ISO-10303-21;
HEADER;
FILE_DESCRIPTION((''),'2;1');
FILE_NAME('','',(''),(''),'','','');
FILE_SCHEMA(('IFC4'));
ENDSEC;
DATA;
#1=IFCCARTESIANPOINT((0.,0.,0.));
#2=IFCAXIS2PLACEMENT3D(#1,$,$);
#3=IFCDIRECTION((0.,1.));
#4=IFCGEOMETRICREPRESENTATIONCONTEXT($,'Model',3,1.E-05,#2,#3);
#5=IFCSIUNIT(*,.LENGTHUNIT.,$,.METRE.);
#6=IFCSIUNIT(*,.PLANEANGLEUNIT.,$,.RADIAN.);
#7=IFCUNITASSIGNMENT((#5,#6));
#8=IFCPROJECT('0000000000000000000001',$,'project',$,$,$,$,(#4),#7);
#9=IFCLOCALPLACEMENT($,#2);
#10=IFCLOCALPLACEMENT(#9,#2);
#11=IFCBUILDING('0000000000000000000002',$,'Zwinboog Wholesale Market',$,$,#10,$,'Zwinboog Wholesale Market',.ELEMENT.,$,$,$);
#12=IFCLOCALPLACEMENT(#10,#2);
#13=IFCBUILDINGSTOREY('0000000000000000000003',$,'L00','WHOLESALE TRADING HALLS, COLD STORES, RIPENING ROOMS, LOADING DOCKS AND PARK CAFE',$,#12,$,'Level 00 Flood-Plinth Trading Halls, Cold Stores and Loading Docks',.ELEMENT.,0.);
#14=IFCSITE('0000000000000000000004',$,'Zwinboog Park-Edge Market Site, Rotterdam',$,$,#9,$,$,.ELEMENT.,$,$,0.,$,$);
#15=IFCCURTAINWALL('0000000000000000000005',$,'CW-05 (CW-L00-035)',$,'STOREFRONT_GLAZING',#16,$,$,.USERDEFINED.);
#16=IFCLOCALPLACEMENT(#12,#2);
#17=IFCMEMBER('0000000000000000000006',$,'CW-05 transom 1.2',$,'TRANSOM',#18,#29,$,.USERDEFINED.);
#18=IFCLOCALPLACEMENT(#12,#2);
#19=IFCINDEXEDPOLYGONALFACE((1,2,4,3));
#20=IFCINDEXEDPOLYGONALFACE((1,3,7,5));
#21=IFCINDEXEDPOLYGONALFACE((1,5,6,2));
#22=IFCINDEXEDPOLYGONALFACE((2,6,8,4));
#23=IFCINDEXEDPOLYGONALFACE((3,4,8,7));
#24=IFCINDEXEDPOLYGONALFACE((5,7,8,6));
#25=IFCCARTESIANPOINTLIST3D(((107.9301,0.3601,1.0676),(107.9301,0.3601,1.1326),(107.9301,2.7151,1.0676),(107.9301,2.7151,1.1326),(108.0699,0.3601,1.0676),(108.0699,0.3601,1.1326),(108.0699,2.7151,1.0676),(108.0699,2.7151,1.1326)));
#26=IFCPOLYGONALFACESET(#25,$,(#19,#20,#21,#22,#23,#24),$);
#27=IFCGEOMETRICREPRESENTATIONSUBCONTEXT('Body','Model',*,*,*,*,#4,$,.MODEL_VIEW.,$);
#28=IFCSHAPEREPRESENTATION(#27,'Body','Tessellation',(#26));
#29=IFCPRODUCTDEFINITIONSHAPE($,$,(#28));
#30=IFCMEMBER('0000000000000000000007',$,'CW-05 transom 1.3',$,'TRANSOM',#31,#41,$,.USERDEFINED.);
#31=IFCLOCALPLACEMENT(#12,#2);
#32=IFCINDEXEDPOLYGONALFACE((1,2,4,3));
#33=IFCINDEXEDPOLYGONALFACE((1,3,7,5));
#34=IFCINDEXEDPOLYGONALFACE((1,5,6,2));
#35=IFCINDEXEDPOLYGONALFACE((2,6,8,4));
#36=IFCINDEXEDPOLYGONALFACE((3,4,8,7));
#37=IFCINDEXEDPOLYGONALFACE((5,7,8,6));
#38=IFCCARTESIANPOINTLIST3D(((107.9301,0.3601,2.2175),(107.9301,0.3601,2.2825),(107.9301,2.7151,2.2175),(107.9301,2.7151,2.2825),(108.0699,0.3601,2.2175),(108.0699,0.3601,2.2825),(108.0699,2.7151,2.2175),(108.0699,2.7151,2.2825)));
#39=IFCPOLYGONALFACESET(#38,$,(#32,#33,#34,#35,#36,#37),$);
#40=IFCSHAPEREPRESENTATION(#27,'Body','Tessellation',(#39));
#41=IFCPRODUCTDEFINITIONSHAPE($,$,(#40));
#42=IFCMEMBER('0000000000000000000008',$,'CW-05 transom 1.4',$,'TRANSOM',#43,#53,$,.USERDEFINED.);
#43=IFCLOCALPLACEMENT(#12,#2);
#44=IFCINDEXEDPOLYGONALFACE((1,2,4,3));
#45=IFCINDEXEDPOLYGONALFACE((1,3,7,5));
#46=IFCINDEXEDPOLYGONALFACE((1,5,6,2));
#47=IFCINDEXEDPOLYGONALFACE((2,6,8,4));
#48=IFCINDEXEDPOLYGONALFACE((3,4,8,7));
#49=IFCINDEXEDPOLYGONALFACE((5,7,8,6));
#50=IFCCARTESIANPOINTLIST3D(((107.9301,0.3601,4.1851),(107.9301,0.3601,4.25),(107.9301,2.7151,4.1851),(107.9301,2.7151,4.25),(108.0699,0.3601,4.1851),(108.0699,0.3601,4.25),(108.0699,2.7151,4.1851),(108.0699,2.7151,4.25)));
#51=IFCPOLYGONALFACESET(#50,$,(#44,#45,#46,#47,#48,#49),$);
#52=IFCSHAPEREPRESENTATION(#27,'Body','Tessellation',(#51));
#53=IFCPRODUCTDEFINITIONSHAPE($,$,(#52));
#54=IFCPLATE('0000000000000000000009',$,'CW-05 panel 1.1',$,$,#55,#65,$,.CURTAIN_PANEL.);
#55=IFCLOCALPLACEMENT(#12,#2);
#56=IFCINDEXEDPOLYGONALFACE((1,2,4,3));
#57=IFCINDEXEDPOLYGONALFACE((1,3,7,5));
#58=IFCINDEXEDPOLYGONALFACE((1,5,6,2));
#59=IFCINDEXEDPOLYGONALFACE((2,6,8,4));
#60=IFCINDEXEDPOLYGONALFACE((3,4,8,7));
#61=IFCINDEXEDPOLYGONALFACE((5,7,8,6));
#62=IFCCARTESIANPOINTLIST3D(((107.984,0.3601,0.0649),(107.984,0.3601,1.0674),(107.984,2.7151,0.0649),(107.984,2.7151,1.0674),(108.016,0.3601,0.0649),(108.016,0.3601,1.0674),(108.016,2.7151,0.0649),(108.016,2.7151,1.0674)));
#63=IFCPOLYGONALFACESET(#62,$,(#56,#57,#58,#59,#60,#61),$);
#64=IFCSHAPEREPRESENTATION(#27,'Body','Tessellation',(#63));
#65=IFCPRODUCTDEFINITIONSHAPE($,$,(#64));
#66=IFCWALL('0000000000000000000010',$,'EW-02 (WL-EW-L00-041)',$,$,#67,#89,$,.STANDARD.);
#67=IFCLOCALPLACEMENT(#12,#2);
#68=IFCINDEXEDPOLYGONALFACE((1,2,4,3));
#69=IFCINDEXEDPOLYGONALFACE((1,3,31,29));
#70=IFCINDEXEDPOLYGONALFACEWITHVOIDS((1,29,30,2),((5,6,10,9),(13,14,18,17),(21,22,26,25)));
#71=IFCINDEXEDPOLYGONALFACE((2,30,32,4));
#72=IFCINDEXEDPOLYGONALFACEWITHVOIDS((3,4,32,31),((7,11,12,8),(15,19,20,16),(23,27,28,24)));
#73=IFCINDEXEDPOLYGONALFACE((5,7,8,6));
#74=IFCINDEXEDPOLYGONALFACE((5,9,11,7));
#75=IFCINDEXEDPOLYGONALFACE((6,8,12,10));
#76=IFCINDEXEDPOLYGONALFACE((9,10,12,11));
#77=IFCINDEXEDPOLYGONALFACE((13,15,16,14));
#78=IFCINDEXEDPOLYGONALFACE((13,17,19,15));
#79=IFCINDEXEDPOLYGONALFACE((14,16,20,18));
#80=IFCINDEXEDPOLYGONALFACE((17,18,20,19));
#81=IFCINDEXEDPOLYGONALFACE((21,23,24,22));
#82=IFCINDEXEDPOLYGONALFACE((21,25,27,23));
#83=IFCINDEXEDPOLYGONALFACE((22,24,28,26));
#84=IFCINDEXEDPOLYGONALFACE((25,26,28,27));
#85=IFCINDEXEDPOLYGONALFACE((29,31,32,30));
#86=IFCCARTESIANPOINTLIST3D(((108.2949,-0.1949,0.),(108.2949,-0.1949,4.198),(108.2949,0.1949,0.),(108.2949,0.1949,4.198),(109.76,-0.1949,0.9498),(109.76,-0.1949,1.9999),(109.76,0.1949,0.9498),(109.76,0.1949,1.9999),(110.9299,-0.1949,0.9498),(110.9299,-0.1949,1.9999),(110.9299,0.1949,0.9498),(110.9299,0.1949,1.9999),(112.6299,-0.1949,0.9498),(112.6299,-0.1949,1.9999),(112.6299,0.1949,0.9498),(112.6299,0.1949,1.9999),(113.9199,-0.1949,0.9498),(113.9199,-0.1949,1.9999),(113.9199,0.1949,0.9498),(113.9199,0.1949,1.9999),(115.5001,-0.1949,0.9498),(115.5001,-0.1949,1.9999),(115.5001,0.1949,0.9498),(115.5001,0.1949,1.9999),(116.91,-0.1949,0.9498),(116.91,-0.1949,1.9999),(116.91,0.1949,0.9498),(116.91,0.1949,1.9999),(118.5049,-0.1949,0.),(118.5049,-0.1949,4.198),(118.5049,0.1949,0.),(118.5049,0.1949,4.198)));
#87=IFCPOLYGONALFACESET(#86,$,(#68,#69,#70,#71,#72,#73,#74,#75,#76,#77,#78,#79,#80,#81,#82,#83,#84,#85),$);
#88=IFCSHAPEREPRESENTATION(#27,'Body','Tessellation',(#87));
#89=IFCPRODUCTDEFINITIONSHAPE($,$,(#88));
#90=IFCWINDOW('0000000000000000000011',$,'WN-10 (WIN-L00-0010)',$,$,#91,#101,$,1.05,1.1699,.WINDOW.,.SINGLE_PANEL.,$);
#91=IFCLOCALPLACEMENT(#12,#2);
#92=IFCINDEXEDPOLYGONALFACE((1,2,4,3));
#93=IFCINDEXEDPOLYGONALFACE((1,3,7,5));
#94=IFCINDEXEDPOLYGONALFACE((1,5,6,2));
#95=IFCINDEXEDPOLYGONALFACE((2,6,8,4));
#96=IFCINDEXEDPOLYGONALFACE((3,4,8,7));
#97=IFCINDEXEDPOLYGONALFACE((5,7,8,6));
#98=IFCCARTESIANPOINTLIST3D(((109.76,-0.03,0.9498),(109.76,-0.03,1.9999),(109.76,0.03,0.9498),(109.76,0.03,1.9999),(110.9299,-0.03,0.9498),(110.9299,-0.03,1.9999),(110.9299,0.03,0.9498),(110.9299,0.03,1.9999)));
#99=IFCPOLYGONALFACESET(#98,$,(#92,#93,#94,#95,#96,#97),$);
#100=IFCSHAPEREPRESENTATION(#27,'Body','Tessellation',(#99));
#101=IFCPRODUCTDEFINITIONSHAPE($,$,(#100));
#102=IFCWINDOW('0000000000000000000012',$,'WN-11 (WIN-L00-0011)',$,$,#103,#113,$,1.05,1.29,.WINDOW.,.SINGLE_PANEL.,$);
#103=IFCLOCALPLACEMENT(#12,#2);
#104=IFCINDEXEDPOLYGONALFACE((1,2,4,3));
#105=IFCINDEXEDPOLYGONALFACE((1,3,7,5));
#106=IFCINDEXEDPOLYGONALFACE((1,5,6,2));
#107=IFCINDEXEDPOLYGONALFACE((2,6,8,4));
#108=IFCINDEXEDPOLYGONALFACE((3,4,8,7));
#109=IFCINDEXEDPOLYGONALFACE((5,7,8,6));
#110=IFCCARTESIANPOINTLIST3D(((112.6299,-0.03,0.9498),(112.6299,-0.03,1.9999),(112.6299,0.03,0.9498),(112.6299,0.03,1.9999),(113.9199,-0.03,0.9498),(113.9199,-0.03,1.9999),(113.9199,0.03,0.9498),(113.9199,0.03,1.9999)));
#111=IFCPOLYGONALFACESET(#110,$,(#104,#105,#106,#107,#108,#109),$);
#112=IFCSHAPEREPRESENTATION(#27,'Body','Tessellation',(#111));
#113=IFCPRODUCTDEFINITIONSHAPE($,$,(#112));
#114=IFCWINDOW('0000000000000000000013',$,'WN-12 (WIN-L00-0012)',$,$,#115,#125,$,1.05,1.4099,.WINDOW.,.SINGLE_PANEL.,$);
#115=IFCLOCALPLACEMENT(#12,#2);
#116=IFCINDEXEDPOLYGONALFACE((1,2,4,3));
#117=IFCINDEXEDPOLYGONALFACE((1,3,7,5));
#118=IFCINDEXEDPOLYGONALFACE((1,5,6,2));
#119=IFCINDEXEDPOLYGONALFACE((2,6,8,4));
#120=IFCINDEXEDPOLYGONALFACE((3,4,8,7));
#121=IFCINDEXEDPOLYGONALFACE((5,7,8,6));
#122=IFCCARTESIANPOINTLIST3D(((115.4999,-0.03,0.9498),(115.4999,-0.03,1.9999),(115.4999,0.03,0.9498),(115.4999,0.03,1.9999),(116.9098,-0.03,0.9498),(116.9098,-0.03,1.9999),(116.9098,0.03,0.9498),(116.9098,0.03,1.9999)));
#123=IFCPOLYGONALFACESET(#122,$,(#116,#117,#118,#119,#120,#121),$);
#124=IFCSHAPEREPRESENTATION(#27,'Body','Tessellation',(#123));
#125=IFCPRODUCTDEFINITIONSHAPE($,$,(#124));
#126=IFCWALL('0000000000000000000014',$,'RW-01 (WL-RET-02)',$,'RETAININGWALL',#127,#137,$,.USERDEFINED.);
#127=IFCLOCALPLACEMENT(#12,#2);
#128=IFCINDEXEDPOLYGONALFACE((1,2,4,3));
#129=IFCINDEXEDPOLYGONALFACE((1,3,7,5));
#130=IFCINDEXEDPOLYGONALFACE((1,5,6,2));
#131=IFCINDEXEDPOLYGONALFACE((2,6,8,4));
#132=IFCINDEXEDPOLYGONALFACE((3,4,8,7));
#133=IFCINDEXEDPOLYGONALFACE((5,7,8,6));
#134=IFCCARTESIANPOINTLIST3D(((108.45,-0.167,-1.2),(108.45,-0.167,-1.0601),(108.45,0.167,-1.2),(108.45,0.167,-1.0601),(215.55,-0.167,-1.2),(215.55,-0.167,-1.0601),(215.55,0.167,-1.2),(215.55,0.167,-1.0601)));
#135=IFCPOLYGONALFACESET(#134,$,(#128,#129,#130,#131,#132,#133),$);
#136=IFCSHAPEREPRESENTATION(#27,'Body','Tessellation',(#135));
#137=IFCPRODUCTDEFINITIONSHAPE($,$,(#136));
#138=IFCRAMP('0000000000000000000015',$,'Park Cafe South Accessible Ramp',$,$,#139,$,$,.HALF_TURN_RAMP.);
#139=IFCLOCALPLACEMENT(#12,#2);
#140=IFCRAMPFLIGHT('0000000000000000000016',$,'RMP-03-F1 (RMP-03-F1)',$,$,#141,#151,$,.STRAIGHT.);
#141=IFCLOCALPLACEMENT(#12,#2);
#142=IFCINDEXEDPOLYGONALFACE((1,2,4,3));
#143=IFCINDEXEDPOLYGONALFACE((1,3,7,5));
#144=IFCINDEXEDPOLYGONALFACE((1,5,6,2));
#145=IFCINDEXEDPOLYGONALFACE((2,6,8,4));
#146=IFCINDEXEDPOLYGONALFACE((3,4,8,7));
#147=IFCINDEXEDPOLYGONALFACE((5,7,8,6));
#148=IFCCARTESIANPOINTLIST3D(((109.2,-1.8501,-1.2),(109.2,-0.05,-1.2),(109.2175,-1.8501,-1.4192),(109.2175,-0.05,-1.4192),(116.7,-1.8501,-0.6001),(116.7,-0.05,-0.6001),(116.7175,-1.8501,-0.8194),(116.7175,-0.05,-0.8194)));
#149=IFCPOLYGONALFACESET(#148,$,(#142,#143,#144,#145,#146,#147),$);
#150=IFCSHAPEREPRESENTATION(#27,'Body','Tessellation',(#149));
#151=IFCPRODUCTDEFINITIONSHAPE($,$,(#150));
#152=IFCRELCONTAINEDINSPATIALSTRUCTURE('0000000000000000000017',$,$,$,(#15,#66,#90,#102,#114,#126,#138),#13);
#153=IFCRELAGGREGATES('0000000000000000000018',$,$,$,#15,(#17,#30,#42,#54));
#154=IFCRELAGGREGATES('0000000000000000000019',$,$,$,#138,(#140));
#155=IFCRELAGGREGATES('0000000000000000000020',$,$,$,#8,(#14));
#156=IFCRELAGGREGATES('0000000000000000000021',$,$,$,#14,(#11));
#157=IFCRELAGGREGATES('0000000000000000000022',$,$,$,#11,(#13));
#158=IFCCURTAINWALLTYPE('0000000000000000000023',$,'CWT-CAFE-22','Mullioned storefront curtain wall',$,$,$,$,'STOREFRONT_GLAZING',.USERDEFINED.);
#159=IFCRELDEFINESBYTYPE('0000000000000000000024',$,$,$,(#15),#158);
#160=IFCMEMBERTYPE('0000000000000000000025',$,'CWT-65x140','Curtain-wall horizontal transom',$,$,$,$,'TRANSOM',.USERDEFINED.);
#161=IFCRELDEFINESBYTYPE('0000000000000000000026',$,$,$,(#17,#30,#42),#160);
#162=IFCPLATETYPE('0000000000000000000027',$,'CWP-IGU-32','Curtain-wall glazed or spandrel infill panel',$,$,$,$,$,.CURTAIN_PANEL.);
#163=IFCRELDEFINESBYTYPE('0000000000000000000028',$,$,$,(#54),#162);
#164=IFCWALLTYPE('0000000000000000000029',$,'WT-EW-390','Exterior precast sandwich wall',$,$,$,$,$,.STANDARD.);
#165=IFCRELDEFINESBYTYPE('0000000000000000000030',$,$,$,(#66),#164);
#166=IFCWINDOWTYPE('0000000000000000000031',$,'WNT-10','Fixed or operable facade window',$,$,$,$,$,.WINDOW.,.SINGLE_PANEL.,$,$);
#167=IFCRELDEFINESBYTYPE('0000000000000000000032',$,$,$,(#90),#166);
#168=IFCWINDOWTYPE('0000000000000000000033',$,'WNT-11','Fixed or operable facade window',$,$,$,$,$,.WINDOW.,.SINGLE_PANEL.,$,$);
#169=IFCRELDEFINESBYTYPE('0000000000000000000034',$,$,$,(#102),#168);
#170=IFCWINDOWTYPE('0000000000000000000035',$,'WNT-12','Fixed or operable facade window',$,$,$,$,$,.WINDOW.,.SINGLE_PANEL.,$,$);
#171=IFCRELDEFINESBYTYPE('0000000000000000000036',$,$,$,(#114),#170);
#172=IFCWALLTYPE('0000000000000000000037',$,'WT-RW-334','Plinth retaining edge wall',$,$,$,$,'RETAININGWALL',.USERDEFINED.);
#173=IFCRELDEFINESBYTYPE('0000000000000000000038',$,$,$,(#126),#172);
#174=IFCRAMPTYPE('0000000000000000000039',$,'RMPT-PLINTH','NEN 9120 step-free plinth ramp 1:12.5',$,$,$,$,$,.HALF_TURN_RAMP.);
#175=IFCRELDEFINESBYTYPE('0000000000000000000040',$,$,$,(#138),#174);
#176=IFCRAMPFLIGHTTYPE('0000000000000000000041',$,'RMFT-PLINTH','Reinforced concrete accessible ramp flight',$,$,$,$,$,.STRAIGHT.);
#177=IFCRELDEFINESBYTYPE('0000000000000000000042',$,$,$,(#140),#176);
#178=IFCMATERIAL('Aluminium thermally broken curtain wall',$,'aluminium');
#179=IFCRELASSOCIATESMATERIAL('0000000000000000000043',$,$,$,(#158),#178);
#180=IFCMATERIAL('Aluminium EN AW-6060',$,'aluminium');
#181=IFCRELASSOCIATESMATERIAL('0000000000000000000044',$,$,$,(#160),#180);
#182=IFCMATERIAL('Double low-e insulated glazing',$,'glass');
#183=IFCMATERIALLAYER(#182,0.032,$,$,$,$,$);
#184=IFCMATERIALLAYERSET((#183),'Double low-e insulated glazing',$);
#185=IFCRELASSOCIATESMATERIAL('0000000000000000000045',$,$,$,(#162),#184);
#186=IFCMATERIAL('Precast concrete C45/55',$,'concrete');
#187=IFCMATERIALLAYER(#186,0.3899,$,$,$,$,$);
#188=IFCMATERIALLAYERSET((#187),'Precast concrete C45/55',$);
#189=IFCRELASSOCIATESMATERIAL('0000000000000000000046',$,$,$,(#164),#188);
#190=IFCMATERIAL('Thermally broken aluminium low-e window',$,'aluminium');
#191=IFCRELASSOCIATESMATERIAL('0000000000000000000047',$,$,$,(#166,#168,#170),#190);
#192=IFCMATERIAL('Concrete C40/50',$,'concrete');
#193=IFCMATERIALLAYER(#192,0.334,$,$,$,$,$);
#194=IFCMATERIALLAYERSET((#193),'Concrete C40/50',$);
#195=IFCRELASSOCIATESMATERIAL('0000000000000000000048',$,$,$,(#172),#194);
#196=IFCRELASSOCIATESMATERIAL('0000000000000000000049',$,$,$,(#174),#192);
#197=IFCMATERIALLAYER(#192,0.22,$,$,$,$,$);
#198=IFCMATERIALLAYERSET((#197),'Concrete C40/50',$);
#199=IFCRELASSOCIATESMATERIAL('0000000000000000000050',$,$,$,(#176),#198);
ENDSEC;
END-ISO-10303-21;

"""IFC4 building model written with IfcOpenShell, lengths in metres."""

from ifc_helpers import new_model, si_unit, direction, frame, frame_2d, origin, origin_2d, place, context, subcontext, project, spatial, polyline, rectangle, outline, extrude, material, layer, layer_set, material_profile, profile_set, type_object, element, fill, aggregate, save


model = new_model("IFC4")

# Units and contexts
model_context = context("Model", 3, precision=1e-05, world=origin(), true_north=direction((0.0, 1.0)))
body_context = subcontext(model_context, "Body", "Model", "MODEL_VIEW")
ifc_project = project(units=[si_unit("LENGTHUNIT", "METRE"), si_unit("PLANEANGLEUNIT", "RADIAN")], contexts=[model_context])

# Site, building, storey
site_placement = place(None, origin())
site = spatial("IfcSite", under=ifc_project, at=site_placement, Name="Zwinboog Park-Edge Market Site, Rotterdam", CompositionType="ELEMENT", RefElevation=0.0)
building_placement = place(site_placement, origin())
building = spatial("IfcBuilding", under=site, at=building_placement, Name="Zwinboog Wholesale Market", LongName="Zwinboog Wholesale Market", CompositionType="ELEMENT")
storey_placement = place(building_placement, origin())
storey = spatial("IfcBuildingStorey", under=building, at=storey_placement, Name="L00", Description="WHOLESALE TRADING HALLS, COLD STORES, RIPENING ROOMS, LOADING DOCKS AND PARK CAFE", LongName="Level 00 Flood-Plinth Trading Halls, Cold Stores and Loading Docks", CompositionType="ELEMENT", Elevation=0.0)

# Shared definitions
ifc_material_1 = material(Name="Concrete C40/50", Category="concrete")

# Shared definitions
ifc_material_2 = material(Name="Precast concrete C45/55", Category="concrete")

# Curtain wall, members, plate
ifc_material_3 = material(Name="Aluminium thermally broken curtain wall", Category="aluminium")
curtain_wall_type = type_object("IfcCurtainWallType", Name="CWT-CAFE-22", Description="Mullioned storefront curtain wall", ElementType="STOREFRONT_GLAZING", PredefinedType="USERDEFINED", material=ifc_material_3)
curtain_wall_placement = place(storey_placement, origin())
curtain_wall = element("IfcCurtainWall", 1, at=curtain_wall_placement, inside=storey, type_object=curtain_wall_type, Name="CW-05 (CW-L00-035)", ObjectType="STOREFRONT_GLAZING", PredefinedType="USERDEFINED")
ifc_material_4 = material(Name="Aluminium EN AW-6060", Category="aluminium")
ifc_material_profile_1 = material_profile(ifc_material_4, rectangle(XDim=0.1399, YDim=0.0649, at=origin_2d()), Name="AL 65x140")
ifc_profile_set_1 = profile_set([ifc_material_profile_1], Name="Aluminium EN AW-6060")
member_type_1 = type_object("IfcMemberType", Name="CWT-65x140", Description="Curtain-wall horizontal transom", ElementType="TRANSOM", PredefinedType="USERDEFINED", material=ifc_profile_set_1)
member_1_placement = place(storey_placement, frame((108.0, 0.3601, 1.1001), z_axis=(0.0, 1.0, 0.0), x_axis=(-1.0, 0.0, 0.0)))
member_1 = element("IfcMember", 2, at=member_1_placement, type_object=member_type_1, Name="CW-05 transom 1.2", ObjectType="TRANSOM", PredefinedType="USERDEFINED", context=body_context, shape_type="SweptSolid", body=[
    extrude(rectangle(XDim=0.1399, YDim=0.0649, at=origin_2d()), origin(), (0.0, 0.0, 1.0), 2.355),
])
member_2_placement = place(storey_placement, frame((108.0, 0.3601, 2.25), z_axis=(0.0, 1.0, 0.0), x_axis=(-1.0, 0.0, 0.0)))
member_2 = element("IfcMember", 3, at=member_2_placement, type_object=member_type_1, Name="CW-05 transom 1.3", ObjectType="TRANSOM", PredefinedType="USERDEFINED", context=body_context, shape_type="SweptSolid", body=[
    extrude(rectangle(XDim=0.1399, YDim=0.0649, at=origin_2d()), origin(), (0.0, 0.0, 1.0), 2.355),
])
member_3_placement = place(storey_placement, frame((108.0, 0.3601, 4.2175), z_axis=(0.0, 1.0, 0.0), x_axis=(-1.0, 0.0, 0.0)))
member_3 = element("IfcMember", 4, at=member_3_placement, type_object=member_type_1, Name="CW-05 transom 1.4", ObjectType="TRANSOM", PredefinedType="USERDEFINED", context=body_context, shape_type="SweptSolid", body=[
    extrude(rectangle(XDim=0.1399, YDim=0.0649, at=origin_2d()), origin(), (0.0, 0.0, 1.0), 2.355),
])
ifc_material_5 = material(Name="Double low-e insulated glazing", Category="glass")
ifc_layer_1 = layer(ifc_material_5, 0.032)
ifc_layer_set_1 = layer_set([ifc_layer_1], Name="Double low-e insulated glazing")
plate_type = type_object("IfcPlateType", Name="CWP-IGU-32", Description="Curtain-wall glazed or spandrel infill panel", PredefinedType="CURTAIN_PANEL", material=ifc_layer_set_1)
plate_placement = place(storey_placement, frame((108.0, 1.5376, 0.0649), z_axis=(0.0, 0.0, 1.0), x_axis=(0.0, 1.0, 0.0)))
plate = element("IfcPlate", 5, at=plate_placement, type_object=plate_type, Name="CW-05 panel 1.1", PredefinedType="CURTAIN_PANEL", context=body_context, shape_type="SweptSolid", body=[
    extrude(rectangle(XDim=2.355, YDim=0.032, at=origin_2d()), origin(), (0.0, 0.0, 1.0), 1.0024),
])
aggregate(curtain_wall, [member_1, member_2, member_3, plate])

# Wall, openings, windows
ifc_layer_2 = layer(ifc_material_2, 0.3899)
ifc_layer_set_2 = layer_set([ifc_layer_2], Name="Precast concrete C45/55")
wall_type_1 = type_object("IfcWallType", Name="WT-EW-390", Description="Exterior precast sandwich wall", PredefinedType="STANDARD", material=ifc_layer_set_2)
wall_1_placement = place(storey_placement, frame((108.2949, 0.0, 0.0), z_axis=(0.0, 0.0, 1.0), x_axis=(1.0, 0.0, 0.0)))
wall_1 = element("IfcWall", 6, at=wall_1_placement, inside=storey, type_object=wall_type_1, Name="EW-02 (WL-EW-L00-041)", PredefinedType="STANDARD", context=body_context, shape_type="SweptSolid", body=[
    extrude(rectangle(XDim=10.21, YDim=0.3899, at=frame_2d((5.105, 0.0))), origin(), (0.0, 0.0, 1.0), 4.198),
])
opening_1_placement = place(wall_1_placement, frame((1.4651, 0.0, 0.95)))
opening_1 = element("IfcOpeningElement", 7, at=opening_1_placement, cuts=wall_1, PredefinedType="OPENING", context=body_context, shape_type="SweptSolid", body=[
    extrude(rectangle(XDim=1.1699, YDim=1.05, at=frame_2d((0.585, 0.5249))), frame((0.0, 0.2048, 0.0), z_axis=(0.0, -1.0, 0.0), x_axis=(1.0, 0.0, 0.0)), (0.0, 0.0, 1.0), 0.4099),
])
opening_2_placement = place(wall_1_placement, frame((4.335, 0.0, 0.95)))
opening_2 = element("IfcOpeningElement", 8, at=opening_2_placement, cuts=wall_1, PredefinedType="OPENING", context=body_context, shape_type="SweptSolid", body=[
    extrude(rectangle(XDim=1.29, YDim=1.05, at=frame_2d((0.645, 0.5249))), frame((0.0, 0.2048, 0.0), z_axis=(0.0, -1.0, 0.0), x_axis=(1.0, 0.0, 0.0)), (0.0, 0.0, 1.0), 0.4099),
])
opening_3_placement = place(wall_1_placement, frame((7.2051, 0.0, 0.95)))
opening_3 = element("IfcOpeningElement", 9, at=opening_3_placement, cuts=wall_1, PredefinedType="OPENING", context=body_context, shape_type="SweptSolid", body=[
    extrude(rectangle(XDim=1.4099, YDim=1.05, at=frame_2d((0.7051, 0.5249))), frame((0.0, 0.2048, 0.0), z_axis=(0.0, -1.0, 0.0), x_axis=(1.0, 0.0, 0.0)), (0.0, 0.0, 1.0), 0.4099),
])
ifc_material_6 = material(Name="Thermally broken aluminium low-e window", Category="aluminium")
window_type_1 = type_object("IfcWindowType", Name="WNT-10", Description="Fixed or operable facade window", PartitioningType="SINGLE_PANEL", PredefinedType="WINDOW", material=ifc_material_6)
window_1_placement = place(opening_1_placement, frame((1.1699, 0.0, 0.0), z_axis=(0.0, 0.0, 1.0), x_axis=(-1.0, 0.0, 0.0)))
window_1 = element("IfcWindow", 10, at=window_1_placement, inside=storey, type_object=window_type_1, Name="WN-10 (WIN-L00-0010)", OverallHeight=1.05, OverallWidth=1.1699, PartitioningType="SINGLE_PANEL", PredefinedType="WINDOW", context=body_context, shape_type="SweptSolid", body=[
    extrude(rectangle(XDim=1.1699, YDim=1.05, at=frame_2d((0.585, 0.5249))), frame((0.0, 0.03, 0.0), z_axis=(0.0, -1.0, 0.0), x_axis=(1.0, 0.0, 0.0)), (0.0, 0.0, 1.0), 0.0601),
])
fill(opening_1, window_1)
window_type_2 = type_object("IfcWindowType", Name="WNT-11", Description="Fixed or operable facade window", PartitioningType="SINGLE_PANEL", PredefinedType="WINDOW", material=ifc_material_6)
window_2_placement = place(opening_2_placement, frame((1.29, 0.0, 0.0), z_axis=(0.0, 0.0, 1.0), x_axis=(-1.0, 0.0, 0.0)))
window_2 = element("IfcWindow", 11, at=window_2_placement, inside=storey, type_object=window_type_2, Name="WN-11 (WIN-L00-0011)", OverallHeight=1.05, OverallWidth=1.29, PartitioningType="SINGLE_PANEL", PredefinedType="WINDOW", context=body_context, shape_type="SweptSolid", body=[
    extrude(rectangle(XDim=1.29, YDim=1.05, at=frame_2d((0.645, 0.5249))), frame((0.0, 0.03, 0.0), z_axis=(0.0, -1.0, 0.0), x_axis=(1.0, 0.0, 0.0)), (0.0, 0.0, 1.0), 0.0601),
])
fill(opening_2, window_2)
window_type_3 = type_object("IfcWindowType", Name="WNT-12", Description="Fixed or operable facade window", PartitioningType="SINGLE_PANEL", PredefinedType="WINDOW", material=ifc_material_6)
window_3_placement = place(opening_3_placement, frame((1.4099, 0.0, 0.0), z_axis=(0.0, 0.0, 1.0), x_axis=(-1.0, 0.0, 0.0)))
window_3 = element("IfcWindow", 12, at=window_3_placement, inside=storey, type_object=window_type_3, Name="WN-12 (WIN-L00-0012)", OverallHeight=1.05, OverallWidth=1.4099, PartitioningType="SINGLE_PANEL", PredefinedType="WINDOW", context=body_context, shape_type="SweptSolid", body=[
    extrude(rectangle(XDim=1.4099, YDim=1.05, at=frame_2d((0.7051, 0.5249))), frame((0.0, 0.03, 0.0), z_axis=(0.0, -1.0, 0.0), x_axis=(1.0, 0.0, 0.0)), (0.0, 0.0, 1.0), 0.0601),
])
fill(opening_3, window_3)

# Wall
ifc_layer_3 = layer(ifc_material_1, 0.334)
ifc_layer_set_3 = layer_set([ifc_layer_3], Name="Concrete C40/50")
wall_type_2 = type_object("IfcWallType", Name="WT-RW-334", Description="Plinth retaining edge wall", ElementType="RETAININGWALL", PredefinedType="USERDEFINED", material=ifc_layer_set_3)
wall_2_placement = place(storey_placement, frame((108.45, 0.0, -1.2), z_axis=(0.0, 0.0, 1.0), x_axis=(1.0, 0.0, 0.0)))
element("IfcWall", 13, at=wall_2_placement, inside=storey, type_object=wall_type_2, Name="RW-01 (WL-RET-02)", ObjectType="RETAININGWALL", PredefinedType="USERDEFINED", context=body_context, shape_type="SweptSolid", body=[
    extrude(rectangle(XDim=107.1001, YDim=0.334, at=frame_2d((53.55, 0.0))), origin(), (0.0, 0.0, 1.0), 0.1399),
])

# Ramp, ramp flight
ramp_type = type_object("IfcRampType", Name="RMPT-PLINTH", Description="NEN 9120 step-free plinth ramp 1:12.5", PredefinedType="HALF_TURN_RAMP", material=ifc_material_1)
ramp_placement = place(storey_placement, origin())
ramp = element("IfcRamp", 14, at=ramp_placement, inside=storey, type_object=ramp_type, Name="Park Cafe South Accessible Ramp", PredefinedType="HALF_TURN_RAMP")
ifc_layer_4 = layer(ifc_material_1, 0.22)
ifc_layer_set_4 = layer_set([ifc_layer_4], Name="Concrete C40/50")
ramp_flight_type = type_object("IfcRampFlightType", Name="RMFT-PLINTH", Description="Reinforced concrete accessible ramp flight", PredefinedType="STRAIGHT", material=ifc_layer_set_4)
ramp_flight_placement = place(storey_placement, frame((109.2, -1.8501, -1.2), z_axis=(-0.079726, 0.0, 0.996817), x_axis=(0.996817, 0.0, 0.079726)))
ramp_flight = element("IfcRampFlight", 15, at=ramp_flight_placement, type_object=ramp_flight_type, Name="RMP-03-F1 (RMP-03-F1)", PredefinedType="STRAIGHT", context=body_context, shape_type="SweptSolid", body=[
    extrude(outline(polyline([(0.0, 0.0), (7.524, 0.0), (7.524, 1.8), (0.0, 1.8), (0.0, 0.0)])), origin(), (0.0, 0.0, -1.0), 0.22),
])
aggregate(ramp, [ramp_flight])

save(model, "model.ifc")
